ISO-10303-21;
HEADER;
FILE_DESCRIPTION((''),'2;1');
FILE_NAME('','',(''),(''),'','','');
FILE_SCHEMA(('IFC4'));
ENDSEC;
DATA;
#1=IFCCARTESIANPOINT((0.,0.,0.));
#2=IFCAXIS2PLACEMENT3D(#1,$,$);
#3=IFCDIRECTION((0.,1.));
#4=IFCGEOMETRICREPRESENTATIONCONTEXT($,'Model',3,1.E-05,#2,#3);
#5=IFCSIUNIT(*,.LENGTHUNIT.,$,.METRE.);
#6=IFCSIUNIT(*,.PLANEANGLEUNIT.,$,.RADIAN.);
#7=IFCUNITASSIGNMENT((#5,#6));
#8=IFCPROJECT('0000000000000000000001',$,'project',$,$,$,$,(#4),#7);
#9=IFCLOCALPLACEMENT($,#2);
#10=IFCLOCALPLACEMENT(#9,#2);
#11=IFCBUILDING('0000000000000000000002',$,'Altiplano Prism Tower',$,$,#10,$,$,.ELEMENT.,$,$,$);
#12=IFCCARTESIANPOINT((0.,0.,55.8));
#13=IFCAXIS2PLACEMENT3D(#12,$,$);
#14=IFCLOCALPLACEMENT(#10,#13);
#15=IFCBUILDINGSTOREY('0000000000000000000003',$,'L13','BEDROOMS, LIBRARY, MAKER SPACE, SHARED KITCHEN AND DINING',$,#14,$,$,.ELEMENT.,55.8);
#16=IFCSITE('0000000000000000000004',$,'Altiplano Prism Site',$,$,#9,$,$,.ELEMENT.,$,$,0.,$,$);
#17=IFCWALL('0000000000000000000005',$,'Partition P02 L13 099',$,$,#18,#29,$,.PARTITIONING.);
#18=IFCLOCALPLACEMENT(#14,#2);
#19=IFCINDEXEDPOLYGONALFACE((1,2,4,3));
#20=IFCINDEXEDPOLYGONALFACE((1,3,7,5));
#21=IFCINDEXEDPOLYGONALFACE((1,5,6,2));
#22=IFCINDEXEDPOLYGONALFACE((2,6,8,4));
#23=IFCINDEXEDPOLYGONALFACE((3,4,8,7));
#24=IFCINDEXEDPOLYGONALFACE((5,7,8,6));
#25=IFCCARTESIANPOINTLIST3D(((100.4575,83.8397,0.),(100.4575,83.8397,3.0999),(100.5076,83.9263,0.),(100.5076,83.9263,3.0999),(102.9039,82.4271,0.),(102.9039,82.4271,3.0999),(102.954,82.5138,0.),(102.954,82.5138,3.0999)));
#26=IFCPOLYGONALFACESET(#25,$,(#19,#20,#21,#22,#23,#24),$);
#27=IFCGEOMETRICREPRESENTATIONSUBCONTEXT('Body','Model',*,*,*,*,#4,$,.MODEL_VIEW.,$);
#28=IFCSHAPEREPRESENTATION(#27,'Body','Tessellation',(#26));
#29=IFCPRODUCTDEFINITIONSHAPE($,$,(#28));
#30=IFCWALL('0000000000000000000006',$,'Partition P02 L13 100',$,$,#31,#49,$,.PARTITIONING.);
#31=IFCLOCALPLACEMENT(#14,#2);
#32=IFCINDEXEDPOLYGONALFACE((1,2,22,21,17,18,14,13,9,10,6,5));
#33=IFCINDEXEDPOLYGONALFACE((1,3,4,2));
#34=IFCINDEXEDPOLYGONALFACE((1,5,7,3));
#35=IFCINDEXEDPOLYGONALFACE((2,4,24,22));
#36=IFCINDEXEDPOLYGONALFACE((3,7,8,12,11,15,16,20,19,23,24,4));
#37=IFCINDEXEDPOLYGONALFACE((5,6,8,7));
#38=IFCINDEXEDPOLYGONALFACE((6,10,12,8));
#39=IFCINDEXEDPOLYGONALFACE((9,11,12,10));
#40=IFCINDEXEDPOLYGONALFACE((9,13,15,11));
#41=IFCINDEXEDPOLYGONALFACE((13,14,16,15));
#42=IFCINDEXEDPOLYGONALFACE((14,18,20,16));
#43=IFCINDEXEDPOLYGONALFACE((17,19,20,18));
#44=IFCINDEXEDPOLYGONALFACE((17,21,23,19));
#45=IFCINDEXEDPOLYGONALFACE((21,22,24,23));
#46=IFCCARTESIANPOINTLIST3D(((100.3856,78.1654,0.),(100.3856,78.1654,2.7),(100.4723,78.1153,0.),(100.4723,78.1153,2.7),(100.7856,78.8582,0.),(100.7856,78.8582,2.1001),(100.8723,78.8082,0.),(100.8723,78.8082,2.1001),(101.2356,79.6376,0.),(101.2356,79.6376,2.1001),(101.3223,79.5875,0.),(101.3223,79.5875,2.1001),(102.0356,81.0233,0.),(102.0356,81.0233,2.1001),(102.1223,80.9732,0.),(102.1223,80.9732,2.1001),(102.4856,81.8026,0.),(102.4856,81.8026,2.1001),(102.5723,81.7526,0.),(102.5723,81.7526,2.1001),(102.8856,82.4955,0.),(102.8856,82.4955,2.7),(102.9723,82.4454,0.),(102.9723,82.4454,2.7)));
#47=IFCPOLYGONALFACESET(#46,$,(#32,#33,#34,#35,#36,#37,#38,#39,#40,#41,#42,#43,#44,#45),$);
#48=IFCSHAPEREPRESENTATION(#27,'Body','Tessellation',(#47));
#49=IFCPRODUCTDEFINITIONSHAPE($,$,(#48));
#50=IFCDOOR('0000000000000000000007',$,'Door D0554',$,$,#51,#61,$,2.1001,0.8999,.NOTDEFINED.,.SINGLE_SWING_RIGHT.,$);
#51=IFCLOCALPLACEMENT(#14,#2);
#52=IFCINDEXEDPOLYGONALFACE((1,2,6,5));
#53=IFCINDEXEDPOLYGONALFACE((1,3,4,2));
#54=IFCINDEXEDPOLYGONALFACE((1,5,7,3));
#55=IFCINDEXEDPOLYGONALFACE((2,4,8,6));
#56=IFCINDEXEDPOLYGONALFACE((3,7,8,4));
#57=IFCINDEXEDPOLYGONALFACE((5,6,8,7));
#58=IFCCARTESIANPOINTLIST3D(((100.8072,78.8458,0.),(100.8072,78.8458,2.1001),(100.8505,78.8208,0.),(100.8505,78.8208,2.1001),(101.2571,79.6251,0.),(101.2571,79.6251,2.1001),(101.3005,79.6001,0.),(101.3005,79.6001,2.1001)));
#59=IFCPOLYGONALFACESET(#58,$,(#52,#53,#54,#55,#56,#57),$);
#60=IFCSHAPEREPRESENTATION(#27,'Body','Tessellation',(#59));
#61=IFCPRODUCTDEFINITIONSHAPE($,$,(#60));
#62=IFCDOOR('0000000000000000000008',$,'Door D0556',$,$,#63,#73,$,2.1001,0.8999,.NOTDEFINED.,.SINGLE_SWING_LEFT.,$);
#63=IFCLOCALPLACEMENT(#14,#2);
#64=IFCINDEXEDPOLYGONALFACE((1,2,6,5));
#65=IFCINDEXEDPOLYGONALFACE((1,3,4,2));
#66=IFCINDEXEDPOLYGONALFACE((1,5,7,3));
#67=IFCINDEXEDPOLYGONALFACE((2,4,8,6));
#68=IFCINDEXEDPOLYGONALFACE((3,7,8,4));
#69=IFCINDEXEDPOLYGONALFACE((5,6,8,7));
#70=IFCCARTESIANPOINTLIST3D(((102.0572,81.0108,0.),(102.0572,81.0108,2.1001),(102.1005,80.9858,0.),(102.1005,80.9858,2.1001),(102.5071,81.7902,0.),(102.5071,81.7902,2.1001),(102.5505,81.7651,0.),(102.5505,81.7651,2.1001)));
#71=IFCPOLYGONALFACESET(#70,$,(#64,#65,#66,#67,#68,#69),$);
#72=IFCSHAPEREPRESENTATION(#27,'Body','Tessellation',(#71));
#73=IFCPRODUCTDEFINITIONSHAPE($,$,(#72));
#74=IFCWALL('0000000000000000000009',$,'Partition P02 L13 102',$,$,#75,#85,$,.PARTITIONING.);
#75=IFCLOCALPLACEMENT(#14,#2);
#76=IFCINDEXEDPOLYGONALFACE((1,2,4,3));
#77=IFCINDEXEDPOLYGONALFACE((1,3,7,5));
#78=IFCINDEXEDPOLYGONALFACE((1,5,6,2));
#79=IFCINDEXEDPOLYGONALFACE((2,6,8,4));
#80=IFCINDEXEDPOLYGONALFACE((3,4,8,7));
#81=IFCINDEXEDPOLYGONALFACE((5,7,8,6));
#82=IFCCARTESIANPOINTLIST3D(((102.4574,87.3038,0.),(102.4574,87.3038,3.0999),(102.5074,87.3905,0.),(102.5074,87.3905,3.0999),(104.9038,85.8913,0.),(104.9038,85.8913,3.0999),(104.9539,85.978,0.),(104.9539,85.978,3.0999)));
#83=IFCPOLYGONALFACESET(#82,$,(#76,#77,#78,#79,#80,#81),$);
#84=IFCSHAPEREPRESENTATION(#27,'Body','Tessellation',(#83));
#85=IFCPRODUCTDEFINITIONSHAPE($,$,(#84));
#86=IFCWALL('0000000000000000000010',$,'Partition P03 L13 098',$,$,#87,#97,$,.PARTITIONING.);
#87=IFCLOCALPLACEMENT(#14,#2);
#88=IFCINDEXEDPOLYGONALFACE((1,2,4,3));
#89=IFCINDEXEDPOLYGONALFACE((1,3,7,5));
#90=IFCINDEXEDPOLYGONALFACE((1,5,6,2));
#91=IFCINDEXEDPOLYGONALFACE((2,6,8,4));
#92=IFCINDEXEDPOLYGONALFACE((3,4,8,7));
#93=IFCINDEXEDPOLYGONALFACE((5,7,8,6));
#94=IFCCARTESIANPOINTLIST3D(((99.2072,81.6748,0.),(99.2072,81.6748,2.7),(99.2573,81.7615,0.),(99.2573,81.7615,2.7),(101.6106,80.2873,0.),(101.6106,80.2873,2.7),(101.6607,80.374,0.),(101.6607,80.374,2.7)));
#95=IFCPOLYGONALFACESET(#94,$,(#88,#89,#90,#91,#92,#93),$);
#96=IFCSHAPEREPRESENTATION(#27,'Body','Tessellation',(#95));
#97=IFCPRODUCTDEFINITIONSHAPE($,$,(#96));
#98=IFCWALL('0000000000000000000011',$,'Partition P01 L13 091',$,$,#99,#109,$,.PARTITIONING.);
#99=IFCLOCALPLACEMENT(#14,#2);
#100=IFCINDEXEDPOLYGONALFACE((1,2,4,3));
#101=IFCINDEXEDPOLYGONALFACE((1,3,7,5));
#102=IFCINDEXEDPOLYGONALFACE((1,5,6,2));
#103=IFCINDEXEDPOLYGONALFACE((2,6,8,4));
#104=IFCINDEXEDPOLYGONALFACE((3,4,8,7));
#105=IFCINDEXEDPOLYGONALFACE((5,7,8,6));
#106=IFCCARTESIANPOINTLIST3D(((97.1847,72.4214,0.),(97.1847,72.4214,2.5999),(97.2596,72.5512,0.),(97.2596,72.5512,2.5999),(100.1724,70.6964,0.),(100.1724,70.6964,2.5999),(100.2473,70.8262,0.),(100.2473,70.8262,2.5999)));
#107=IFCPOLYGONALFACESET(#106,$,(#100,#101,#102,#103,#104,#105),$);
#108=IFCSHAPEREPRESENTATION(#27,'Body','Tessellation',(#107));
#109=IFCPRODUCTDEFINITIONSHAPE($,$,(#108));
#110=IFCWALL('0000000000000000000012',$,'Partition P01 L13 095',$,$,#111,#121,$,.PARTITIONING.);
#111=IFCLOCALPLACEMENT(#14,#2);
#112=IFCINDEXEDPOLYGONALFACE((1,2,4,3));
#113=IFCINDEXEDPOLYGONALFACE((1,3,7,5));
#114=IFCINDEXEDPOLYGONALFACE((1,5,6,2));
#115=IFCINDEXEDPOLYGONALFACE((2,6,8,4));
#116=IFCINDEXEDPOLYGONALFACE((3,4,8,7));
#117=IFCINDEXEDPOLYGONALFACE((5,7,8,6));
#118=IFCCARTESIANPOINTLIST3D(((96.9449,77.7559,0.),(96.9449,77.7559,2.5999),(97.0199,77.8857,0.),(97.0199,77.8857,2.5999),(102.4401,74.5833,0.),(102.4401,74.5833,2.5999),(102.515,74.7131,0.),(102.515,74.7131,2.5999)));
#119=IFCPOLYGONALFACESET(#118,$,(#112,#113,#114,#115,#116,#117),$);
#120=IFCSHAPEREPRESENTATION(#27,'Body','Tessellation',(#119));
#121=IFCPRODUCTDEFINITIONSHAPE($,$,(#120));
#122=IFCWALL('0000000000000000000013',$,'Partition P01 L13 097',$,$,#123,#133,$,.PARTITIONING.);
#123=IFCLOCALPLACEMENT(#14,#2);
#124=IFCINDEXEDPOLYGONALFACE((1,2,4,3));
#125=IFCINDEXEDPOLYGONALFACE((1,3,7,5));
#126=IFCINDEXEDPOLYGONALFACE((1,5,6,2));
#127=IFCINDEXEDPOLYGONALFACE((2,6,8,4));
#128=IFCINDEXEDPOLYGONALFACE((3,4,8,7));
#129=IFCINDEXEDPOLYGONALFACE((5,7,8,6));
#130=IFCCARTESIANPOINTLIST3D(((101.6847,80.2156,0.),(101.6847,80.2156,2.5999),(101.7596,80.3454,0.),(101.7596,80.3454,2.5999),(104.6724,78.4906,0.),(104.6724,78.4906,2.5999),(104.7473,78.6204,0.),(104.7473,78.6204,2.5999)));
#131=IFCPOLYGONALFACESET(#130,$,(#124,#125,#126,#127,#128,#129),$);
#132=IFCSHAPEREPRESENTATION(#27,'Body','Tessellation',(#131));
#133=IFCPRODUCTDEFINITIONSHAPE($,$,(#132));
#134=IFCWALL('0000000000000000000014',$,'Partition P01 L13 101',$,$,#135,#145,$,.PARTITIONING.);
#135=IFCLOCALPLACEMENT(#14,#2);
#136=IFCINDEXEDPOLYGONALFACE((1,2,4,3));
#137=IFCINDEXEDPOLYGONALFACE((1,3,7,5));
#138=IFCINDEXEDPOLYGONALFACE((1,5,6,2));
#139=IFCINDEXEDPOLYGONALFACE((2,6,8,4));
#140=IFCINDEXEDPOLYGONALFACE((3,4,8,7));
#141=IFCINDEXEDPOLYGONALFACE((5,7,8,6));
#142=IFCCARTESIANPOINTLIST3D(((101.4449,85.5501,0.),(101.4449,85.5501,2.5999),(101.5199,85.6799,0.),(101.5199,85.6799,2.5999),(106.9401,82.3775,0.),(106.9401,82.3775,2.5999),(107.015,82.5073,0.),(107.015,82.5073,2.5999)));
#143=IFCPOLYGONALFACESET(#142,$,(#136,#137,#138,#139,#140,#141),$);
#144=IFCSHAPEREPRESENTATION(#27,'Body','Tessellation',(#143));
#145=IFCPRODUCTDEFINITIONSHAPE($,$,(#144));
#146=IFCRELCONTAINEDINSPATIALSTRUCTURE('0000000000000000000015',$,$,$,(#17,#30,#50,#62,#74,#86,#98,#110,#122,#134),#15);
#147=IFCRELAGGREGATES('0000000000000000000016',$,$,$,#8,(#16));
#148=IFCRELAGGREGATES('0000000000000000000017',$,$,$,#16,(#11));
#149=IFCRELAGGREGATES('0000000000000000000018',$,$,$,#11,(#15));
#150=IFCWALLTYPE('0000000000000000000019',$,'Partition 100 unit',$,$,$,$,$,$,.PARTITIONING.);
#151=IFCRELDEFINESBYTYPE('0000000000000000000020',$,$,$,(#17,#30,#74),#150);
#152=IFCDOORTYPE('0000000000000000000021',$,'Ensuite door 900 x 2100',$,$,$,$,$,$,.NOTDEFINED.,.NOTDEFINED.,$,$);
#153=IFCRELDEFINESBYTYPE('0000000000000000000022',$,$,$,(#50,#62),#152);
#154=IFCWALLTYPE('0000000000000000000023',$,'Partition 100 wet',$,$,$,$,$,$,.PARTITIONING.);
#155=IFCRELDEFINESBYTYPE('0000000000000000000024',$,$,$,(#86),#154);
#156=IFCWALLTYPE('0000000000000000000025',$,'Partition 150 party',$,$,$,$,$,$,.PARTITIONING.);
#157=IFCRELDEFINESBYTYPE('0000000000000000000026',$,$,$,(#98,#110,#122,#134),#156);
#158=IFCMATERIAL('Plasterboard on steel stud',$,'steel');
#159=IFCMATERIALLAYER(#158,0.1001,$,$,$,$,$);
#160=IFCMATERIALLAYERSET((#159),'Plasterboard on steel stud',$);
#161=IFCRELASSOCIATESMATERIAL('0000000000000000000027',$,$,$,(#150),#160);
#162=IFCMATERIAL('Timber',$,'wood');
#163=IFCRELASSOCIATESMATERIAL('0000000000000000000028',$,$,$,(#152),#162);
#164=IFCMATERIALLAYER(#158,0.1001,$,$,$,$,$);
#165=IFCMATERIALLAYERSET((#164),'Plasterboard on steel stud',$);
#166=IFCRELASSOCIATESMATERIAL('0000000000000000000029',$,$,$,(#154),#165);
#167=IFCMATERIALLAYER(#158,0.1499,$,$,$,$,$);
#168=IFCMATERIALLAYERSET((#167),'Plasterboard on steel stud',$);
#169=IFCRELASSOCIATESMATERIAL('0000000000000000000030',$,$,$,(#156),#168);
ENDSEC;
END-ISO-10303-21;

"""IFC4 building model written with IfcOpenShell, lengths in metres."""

from ifc_helpers import new_model, si_unit, direction, frame, frame_2d, origin, place, context, subcontext, project, spatial, rectangle, extrude, material, layer, layer_set, type_object, element, fill, save


model = new_model("IFC4")

# Units and contexts
model_context = context("Model", 3, precision=1e-05, world=origin(), true_north=direction((0.0, 1.0)))
body_context = subcontext(model_context, "Body", "Model", "MODEL_VIEW")
ifc_project = project(units=[si_unit("LENGTHUNIT", "METRE"), si_unit("PLANEANGLEUNIT", "RADIAN")], contexts=[model_context])

# Site, building, storey
site_placement = place(None, origin())
site = spatial("IfcSite", under=ifc_project, at=site_placement, Name="Altiplano Prism Site", CompositionType="ELEMENT", RefElevation=0.0)
building_placement = place(site_placement, origin())
building = spatial("IfcBuilding", under=site, at=building_placement, Name="Altiplano Prism Tower", CompositionType="ELEMENT")
storey_placement = place(building_placement, frame((0.0, 0.0, 55.8)))
storey = spatial("IfcBuildingStorey", under=building, at=storey_placement, Name="L13", Description="BEDROOMS, LIBRARY, MAKER SPACE, SHARED KITCHEN AND DINING", CompositionType="ELEMENT", Elevation=55.8)

# Wall
ifc_material_1 = material(Name="Plasterboard on steel stud", Category="steel")
ifc_layer_1 = layer(ifc_material_1, 0.1001)
ifc_layer_set_1 = layer_set([ifc_layer_1], Name="Plasterboard on steel stud")
wall_type_1 = type_object("IfcWallType", Name="Partition 100 unit", PredefinedType="PARTITIONING", material=ifc_layer_set_1)
for number, where, z_axis, x_axis, name in (
    (1, (100.4824, 83.8831, 0.0), (0.0, 0.0, 1.0), (0.866011, -0.500024, 0.0), "Partition P02 L13 099"),
):
    element("IfcWall", number, at=place(storey_placement, frame(where, z_axis=z_axis, x_axis=x_axis)), inside=storey, type_object=wall_type_1, Name=name, PredefinedType="PARTITIONING", context=body_context, shape_type="SweptSolid", body=[
        extrude(rectangle(XDim=2.825, YDim=0.1001, at=frame_2d((1.4126, 0.0))), origin(), (0.0, 0.0, 1.0), 3.0999),
    ])

# Wall, openings, doors
wall_1_placement = place(storey_placement, frame((102.929, 82.4705, 0.0), z_axis=(0.0, 0.0, 1.0), x_axis=(-0.500004, -0.866023, 0.0)))
wall_1 = element("IfcWall", 2, at=wall_1_placement, inside=storey, type_object=wall_type_1, Name="Partition P02 L13 100", PredefinedType="PARTITIONING", context=body_context, shape_type="SweptSolid", body=[
    extrude(rectangle(XDim=5.0, YDim=0.1001, at=frame_2d((2.5, 0.0))), origin(), (0.0, 0.0, 1.0), 2.7),
])
opening_1_placement = place(wall_1_placement, frame((3.3, 0.0, 0.0)))
opening_1 = element("IfcOpeningElement", 3, at=opening_1_placement, cuts=wall_1, PredefinedType="OPENING", context=body_context, shape_type="SweptSolid", body=[
    extrude(rectangle(XDim=0.8999, YDim=2.1001, at=frame_2d((0.45, 1.05))), frame((0.0, 0.0605, 0.0), z_axis=(0.0, -1.0, 0.0), x_axis=(1.0, 0.0, 0.0)), (0.0, 0.0, 1.0), 0.1211),
])
opening_2_placement = place(wall_1_placement, frame((0.8, 0.0, 0.0)))
opening_2 = element("IfcOpeningElement", 4, at=opening_2_placement, cuts=wall_1, PredefinedType="OPENING", context=body_context, shape_type="SweptSolid", body=[
    extrude(rectangle(XDim=0.8999, YDim=2.1001, at=frame_2d((0.45, 1.05))), frame((0.0, 0.0605, 0.0), z_axis=(0.0, -1.0, 0.0), x_axis=(1.0, 0.0, 0.0)), (0.0, 0.0, 1.0), 0.1211),
])
ifc_material_2 = material(Name="Timber", Category="wood")
door_type = type_object("IfcDoorType", Name="Ensuite door 900 x 2100", OperationType="NOTDEFINED", PredefinedType="NOTDEFINED", material=ifc_material_2)
door_1_placement = place(opening_1_placement, origin())
door_1 = element("IfcDoor", 5, at=door_1_placement, inside=storey, type_object=door_type, Name="Door D0554", OperationType="SINGLE_SWING_RIGHT", OverallHeight=2.1001, OverallWidth=0.8999, PredefinedType="NOTDEFINED", context=body_context, shape_type="SweptSolid", body=[
    extrude(rectangle(XDim=0.8999, YDim=2.1001, at=frame_2d((0.45, 1.05))), frame((0.0, 0.0249, 0.0), z_axis=(0.0, -1.0, 0.0), x_axis=(1.0, 0.0, 0.0)), (0.0, 0.0, 1.0), 0.05),
])
fill(opening_1, door_1)
door_2_placement = place(opening_2_placement, origin())
door_2 = element("IfcDoor", 6, at=door_2_placement, inside=storey, type_object=door_type, Name="Door D0556", OperationType="SINGLE_SWING_LEFT", OverallHeight=2.1001, OverallWidth=0.8999, PredefinedType="NOTDEFINED", context=body_context, shape_type="SweptSolid", body=[
    extrude(rectangle(XDim=0.8999, YDim=2.1001, at=frame_2d((0.45, 1.05))), frame((0.0, 0.0249, 0.0), z_axis=(0.0, -1.0, 0.0), x_axis=(1.0, 0.0, 0.0)), (0.0, 0.0, 1.0), 0.05),
])
fill(opening_2, door_2)

# Walls
wall_2_placement = place(storey_placement, frame((104.929, 85.9346, 0.0), z_axis=(0.0, 0.0, 1.0), x_axis=(-0.866011, 0.500024, 0.0)))
element("IfcWall", 7, at=wall_2_placement, inside=storey, type_object=wall_type_1, Name="Partition P02 L13 102", PredefinedType="PARTITIONING", context=body_context, shape_type="SweptSolid", body=[
    extrude(rectangle(XDim=2.825, YDim=0.1001, at=frame_2d((1.4126, 0.0))), origin(), (0.0, 0.0, 1.0), 3.0999),
])
ifc_layer_2 = layer(ifc_material_1, 0.1001)
ifc_layer_set_2 = layer_set([ifc_layer_2], Name="Plasterboard on steel stud")
wall_type_2 = type_object("IfcWallType", Name="Partition 100 wet", PredefinedType="PARTITIONING", material=ifc_layer_set_2)
wall_3_placement = place(storey_placement, frame((101.6357, 80.3306, 0.0), z_axis=(0.0, 0.0, 1.0), x_axis=(-0.866042, 0.499971, 0.0)))
element("IfcWall", 8, at=wall_3_placement, inside=storey, type_object=wall_type_2, Name="Partition P03 L13 098", PredefinedType="PARTITIONING", context=body_context, shape_type="SweptSolid", body=[
    extrude(rectangle(XDim=2.7751, YDim=0.1001, at=frame_2d((1.3877, 0.0))), origin(), (0.0, 0.0, 1.0), 2.7),
])
ifc_layer_3 = layer(ifc_material_1, 0.1499)
ifc_layer_set_3 = layer_set([ifc_layer_3], Name="Plasterboard on steel stud")
wall_type_3 = type_object("IfcWallType", Name="Partition 150 party", PredefinedType="PARTITIONING", material=ifc_layer_set_3)
wall_4_placement = place(storey_placement, frame((100.21, 70.7612, 0.0), z_axis=(0.0, 0.0, 1.0), x_axis=(-0.866014, 0.500021, 0.0)))
element("IfcWall", 9, at=wall_4_placement, inside=storey, type_object=wall_type_3, Name="Partition P01 L13 091", PredefinedType="PARTITIONING", context=body_context, shape_type="SweptSolid", body=[
    extrude(rectangle(XDim=3.45, YDim=0.1499, at=frame_2d((1.7251, 0.0))), origin(), (0.0, 0.0, 1.0), 2.5999),
])
wall_5_placement = place(storey_placement, frame((102.4775, 74.6482, 0.0), z_axis=(0.0, 0.0, 1.0), x_axis=(-0.866025, 0.5, 0.0)))
element("IfcWall", 10, at=wall_5_placement, inside=storey, type_object=wall_type_3, Name="Partition P01 L13 095", PredefinedType="PARTITIONING", context=body_context, shape_type="SweptSolid", body=[
    extrude(rectangle(XDim=6.3452, YDim=0.1499, at=frame_2d((3.1726, 0.0))), origin(), (0.0, 0.0, 1.0), 2.5999),
])
wall_6_placement = place(storey_placement, frame((104.71, 78.5554, 0.0), z_axis=(0.0, 0.0, 1.0), x_axis=(-0.866014, 0.500021, 0.0)))
element("IfcWall", 11, at=wall_6_placement, inside=storey, type_object=wall_type_3, Name="Partition P01 L13 097", PredefinedType="PARTITIONING", context=body_context, shape_type="SweptSolid", body=[
    extrude(rectangle(XDim=3.45, YDim=0.1499, at=frame_2d((1.7251, 0.0))), origin(), (0.0, 0.0, 1.0), 2.5999),
])
wall_7_placement = place(storey_placement, frame((106.9775, 82.4424, 0.0), z_axis=(0.0, 0.0, 1.0), x_axis=(-0.866025, 0.5, 0.0)))
element("IfcWall", 12, at=wall_7_placement, inside=storey, type_object=wall_type_3, Name="Partition P01 L13 101", PredefinedType="PARTITIONING", context=body_context, shape_type="SweptSolid", body=[
    extrude(rectangle(XDim=6.3452, YDim=0.1499, at=frame_2d((3.1726, 0.0))), origin(), (0.0, 0.0, 1.0), 2.5999),
])

save(model, "model.ifc")
